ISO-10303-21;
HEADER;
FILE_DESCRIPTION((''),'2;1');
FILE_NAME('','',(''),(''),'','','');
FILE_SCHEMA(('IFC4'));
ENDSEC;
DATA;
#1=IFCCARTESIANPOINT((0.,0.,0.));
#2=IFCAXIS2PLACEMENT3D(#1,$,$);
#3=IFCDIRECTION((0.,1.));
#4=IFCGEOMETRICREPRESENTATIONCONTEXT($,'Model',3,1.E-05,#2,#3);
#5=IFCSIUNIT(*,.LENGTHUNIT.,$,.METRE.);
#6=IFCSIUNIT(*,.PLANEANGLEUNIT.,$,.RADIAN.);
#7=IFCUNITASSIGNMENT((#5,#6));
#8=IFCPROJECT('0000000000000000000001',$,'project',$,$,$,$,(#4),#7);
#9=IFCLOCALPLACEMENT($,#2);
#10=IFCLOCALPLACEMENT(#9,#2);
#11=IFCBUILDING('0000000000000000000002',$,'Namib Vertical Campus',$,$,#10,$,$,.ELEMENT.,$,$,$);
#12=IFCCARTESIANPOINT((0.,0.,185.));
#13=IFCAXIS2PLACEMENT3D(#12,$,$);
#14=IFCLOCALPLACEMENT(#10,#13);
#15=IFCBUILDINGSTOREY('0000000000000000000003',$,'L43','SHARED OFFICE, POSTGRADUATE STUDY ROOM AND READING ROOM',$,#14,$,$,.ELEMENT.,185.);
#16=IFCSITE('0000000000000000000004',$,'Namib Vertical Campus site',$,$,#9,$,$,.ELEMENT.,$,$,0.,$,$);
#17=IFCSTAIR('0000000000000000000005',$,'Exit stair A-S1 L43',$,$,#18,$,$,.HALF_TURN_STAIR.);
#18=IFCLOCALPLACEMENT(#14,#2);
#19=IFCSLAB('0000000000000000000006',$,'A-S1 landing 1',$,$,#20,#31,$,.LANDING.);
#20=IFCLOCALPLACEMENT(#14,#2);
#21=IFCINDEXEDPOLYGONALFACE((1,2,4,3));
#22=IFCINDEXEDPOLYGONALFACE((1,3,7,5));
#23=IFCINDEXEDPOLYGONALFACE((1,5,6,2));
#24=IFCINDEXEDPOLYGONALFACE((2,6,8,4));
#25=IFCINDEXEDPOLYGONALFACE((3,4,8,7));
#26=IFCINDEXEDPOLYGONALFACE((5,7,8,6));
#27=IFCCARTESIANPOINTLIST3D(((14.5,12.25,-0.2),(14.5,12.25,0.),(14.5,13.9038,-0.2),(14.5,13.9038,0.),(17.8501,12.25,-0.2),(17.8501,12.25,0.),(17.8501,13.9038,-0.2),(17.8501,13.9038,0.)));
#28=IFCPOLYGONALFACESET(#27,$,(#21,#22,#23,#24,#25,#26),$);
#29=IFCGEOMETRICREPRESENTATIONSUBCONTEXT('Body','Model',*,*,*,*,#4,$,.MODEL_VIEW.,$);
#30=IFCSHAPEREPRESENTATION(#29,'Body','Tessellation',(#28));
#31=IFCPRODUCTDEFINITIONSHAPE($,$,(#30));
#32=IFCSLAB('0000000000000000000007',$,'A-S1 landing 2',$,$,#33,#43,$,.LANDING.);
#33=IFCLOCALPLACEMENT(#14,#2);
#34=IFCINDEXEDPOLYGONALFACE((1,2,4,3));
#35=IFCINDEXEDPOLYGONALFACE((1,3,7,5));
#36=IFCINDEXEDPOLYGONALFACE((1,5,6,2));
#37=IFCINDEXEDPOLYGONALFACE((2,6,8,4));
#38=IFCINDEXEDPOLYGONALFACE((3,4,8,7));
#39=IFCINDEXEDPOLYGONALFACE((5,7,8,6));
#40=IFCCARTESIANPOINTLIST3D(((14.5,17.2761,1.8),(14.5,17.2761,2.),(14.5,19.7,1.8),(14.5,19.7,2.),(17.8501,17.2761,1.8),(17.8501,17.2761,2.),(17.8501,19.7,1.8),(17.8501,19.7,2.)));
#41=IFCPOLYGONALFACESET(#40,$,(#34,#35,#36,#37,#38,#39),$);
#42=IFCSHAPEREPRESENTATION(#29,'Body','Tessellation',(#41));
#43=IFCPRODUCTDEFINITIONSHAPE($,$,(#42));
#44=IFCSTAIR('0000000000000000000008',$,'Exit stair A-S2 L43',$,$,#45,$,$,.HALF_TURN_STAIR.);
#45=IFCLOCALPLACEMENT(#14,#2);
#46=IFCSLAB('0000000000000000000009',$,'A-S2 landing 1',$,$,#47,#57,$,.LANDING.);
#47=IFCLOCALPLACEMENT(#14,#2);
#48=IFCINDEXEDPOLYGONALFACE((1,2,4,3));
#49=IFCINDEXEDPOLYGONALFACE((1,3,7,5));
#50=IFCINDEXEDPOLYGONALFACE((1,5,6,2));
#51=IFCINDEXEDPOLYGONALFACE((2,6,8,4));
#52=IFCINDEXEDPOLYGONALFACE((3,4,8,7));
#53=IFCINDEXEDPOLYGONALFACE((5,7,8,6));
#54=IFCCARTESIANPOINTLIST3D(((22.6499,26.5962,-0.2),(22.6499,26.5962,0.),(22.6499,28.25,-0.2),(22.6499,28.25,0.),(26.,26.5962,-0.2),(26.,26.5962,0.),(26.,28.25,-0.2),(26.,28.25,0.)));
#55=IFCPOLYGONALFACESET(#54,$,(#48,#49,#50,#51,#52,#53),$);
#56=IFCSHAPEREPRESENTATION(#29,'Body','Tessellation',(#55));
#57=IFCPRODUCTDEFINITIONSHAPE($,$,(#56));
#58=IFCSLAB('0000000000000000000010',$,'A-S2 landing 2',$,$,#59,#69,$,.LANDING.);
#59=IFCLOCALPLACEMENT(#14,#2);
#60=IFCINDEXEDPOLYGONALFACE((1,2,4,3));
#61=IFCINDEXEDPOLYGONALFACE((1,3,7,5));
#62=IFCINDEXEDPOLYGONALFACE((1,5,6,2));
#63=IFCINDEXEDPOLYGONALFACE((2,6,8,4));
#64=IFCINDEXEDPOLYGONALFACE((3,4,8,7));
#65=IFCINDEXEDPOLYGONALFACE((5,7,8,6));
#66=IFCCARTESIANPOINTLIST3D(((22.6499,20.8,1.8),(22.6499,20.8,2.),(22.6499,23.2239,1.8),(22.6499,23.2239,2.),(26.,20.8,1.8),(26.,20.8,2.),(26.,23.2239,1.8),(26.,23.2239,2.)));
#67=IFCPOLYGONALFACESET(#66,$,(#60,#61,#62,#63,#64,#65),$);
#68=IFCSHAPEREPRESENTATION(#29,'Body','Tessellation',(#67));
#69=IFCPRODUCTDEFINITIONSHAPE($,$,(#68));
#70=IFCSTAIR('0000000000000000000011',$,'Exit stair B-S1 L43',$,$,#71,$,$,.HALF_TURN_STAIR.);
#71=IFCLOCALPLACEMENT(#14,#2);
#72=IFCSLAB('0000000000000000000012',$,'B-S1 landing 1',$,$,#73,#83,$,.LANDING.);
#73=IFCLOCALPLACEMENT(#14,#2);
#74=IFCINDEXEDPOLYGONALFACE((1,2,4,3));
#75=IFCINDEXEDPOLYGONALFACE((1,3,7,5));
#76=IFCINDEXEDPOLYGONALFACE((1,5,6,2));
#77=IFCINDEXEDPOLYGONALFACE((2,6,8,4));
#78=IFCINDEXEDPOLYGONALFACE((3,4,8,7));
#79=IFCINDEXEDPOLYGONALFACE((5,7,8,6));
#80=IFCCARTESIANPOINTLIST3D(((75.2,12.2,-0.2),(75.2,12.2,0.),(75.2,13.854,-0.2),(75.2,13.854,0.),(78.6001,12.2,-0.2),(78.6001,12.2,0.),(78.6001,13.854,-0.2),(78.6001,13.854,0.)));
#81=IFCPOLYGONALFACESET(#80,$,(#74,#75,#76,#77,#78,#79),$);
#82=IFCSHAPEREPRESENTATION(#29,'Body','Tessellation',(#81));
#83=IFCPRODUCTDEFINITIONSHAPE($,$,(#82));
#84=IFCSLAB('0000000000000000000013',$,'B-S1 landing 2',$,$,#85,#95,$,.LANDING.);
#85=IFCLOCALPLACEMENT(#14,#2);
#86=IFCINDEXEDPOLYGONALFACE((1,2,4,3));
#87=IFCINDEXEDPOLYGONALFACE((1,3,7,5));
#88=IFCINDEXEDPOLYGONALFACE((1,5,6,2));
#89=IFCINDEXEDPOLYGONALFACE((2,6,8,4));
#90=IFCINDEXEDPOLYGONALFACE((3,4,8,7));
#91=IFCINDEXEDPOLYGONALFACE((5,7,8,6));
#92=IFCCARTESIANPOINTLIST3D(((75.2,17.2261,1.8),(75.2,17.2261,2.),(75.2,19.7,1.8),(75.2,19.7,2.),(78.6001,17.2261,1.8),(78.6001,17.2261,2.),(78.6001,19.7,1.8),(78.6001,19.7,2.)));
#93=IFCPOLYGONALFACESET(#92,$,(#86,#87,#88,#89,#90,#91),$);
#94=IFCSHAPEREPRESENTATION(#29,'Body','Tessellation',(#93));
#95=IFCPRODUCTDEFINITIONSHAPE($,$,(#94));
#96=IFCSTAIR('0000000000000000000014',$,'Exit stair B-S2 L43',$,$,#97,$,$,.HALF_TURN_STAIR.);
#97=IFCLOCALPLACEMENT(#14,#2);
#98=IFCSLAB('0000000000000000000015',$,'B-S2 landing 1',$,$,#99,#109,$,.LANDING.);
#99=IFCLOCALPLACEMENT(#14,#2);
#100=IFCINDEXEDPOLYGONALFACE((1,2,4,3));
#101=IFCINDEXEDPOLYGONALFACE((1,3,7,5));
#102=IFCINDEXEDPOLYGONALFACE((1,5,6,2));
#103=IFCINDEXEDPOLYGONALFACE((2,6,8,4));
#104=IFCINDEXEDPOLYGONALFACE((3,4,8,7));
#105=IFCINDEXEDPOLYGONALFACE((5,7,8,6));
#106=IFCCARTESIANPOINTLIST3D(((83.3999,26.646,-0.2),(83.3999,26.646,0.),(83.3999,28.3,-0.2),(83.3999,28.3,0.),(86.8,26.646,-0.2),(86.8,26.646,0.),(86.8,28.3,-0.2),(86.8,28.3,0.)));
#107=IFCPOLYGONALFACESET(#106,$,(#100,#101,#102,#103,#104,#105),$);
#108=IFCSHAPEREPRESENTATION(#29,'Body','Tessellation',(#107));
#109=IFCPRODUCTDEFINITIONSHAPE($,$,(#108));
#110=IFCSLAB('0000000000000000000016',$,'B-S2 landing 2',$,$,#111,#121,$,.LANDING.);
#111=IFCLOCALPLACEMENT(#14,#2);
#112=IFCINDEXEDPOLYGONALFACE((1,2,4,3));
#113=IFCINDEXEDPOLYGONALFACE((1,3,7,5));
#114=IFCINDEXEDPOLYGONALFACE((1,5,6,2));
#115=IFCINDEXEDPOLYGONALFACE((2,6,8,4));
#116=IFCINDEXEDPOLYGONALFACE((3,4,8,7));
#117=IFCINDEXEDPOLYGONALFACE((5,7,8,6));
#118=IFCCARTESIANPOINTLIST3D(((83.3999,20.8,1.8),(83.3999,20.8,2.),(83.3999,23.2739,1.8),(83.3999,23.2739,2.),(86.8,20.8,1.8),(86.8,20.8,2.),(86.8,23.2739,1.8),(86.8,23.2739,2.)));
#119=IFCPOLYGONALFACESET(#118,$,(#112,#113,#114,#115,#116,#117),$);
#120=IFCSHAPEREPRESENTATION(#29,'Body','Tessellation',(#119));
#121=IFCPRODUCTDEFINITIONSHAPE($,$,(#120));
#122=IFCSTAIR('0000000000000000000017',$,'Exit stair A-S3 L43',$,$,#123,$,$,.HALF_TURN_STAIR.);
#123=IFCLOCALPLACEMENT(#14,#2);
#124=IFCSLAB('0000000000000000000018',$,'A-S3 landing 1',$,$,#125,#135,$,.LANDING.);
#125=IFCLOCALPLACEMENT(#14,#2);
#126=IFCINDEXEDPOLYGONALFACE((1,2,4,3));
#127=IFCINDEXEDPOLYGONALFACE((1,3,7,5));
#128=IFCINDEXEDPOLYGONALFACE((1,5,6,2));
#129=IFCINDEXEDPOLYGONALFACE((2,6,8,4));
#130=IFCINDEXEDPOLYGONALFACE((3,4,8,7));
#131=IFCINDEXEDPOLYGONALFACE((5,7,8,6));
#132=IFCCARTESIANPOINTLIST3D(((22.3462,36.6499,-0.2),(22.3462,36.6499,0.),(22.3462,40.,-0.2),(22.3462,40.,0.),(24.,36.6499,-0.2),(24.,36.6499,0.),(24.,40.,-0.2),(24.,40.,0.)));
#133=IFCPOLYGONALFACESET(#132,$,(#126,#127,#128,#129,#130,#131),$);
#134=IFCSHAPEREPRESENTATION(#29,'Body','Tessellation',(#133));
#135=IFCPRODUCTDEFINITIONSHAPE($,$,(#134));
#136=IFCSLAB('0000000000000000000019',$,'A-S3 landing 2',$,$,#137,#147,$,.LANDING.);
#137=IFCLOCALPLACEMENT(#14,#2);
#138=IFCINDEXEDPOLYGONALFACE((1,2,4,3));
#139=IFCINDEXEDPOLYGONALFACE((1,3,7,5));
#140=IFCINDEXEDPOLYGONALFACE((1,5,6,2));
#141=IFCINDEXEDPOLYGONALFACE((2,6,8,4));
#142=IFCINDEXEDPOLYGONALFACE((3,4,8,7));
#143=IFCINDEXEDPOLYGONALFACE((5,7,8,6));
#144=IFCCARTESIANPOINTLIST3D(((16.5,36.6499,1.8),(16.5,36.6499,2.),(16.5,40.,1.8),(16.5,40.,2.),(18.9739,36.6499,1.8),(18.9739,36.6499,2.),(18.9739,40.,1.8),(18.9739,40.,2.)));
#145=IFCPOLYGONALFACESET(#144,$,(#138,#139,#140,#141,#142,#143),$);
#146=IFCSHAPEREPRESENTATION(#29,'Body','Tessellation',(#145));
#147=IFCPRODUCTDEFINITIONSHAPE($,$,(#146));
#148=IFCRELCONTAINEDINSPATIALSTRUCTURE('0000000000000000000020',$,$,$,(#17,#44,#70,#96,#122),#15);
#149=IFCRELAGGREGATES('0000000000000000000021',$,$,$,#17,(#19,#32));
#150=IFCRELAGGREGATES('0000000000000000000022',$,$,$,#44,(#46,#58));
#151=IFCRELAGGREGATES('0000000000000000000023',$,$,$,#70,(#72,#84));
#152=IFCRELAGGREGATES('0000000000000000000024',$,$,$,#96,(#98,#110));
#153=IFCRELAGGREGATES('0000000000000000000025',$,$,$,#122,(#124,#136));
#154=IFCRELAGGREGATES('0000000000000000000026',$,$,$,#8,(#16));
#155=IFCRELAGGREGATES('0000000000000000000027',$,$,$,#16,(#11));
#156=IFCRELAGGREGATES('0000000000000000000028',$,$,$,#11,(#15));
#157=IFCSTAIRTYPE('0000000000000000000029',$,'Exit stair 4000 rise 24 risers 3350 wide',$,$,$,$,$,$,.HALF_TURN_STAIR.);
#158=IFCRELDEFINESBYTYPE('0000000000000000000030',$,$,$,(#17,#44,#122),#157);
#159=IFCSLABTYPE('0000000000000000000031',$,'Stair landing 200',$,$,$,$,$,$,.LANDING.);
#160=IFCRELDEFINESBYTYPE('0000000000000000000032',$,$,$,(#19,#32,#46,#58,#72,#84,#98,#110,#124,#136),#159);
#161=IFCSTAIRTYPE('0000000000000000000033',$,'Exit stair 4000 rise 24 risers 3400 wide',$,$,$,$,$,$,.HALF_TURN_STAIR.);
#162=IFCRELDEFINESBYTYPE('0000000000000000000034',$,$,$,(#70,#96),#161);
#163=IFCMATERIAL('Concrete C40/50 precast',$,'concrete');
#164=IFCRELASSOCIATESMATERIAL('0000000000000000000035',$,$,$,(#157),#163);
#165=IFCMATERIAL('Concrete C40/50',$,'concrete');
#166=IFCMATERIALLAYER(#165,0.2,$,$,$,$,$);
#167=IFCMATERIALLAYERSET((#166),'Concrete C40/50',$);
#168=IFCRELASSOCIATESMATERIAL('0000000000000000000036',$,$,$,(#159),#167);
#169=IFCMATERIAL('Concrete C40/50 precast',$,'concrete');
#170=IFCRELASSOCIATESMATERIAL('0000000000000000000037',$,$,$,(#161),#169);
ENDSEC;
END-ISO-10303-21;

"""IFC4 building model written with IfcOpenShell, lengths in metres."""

from ifc_helpers import new_model, si_unit, direction, frame, origin, place, context, subcontext, project, spatial, polyline, outline, extrude, material, layer, layer_set, type_object, element, aggregate, save


model = new_model("IFC4")

# Units and contexts
model_context = context("Model", 3, precision=1e-05, world=origin(), true_north=direction((0.0, 1.0)))
body_context = subcontext(model_context, "Body", "Model", "MODEL_VIEW")
ifc_project = project(units=[si_unit("LENGTHUNIT", "METRE"), si_unit("PLANEANGLEUNIT", "RADIAN")], contexts=[model_context])

# Site, building, storey
site_placement = place(None, origin())
site = spatial("IfcSite", under=ifc_project, at=site_placement, Name="Namib Vertical Campus site", CompositionType="ELEMENT", RefElevation=0.0)
building_placement = place(site_placement, origin())
building = spatial("IfcBuilding", under=site, at=building_placement, Name="Namib Vertical Campus", CompositionType="ELEMENT")
storey_placement = place(building_placement, frame((0.0, 0.0, 185.0)))
storey = spatial("IfcBuildingStorey", under=building, at=storey_placement, Name="L43", Description="SHARED OFFICE, POSTGRADUATE STUDY ROOM AND READING ROOM", CompositionType="ELEMENT", Elevation=185.0)

# Stairs, slabs
ifc_material_1 = material(Name="Concrete C40/50 precast", Category="concrete")
stair_type_1 = type_object("IfcStairType", Name="Exit stair 4000 rise 24 risers 3350 wide", PredefinedType="HALF_TURN_STAIR", material=ifc_material_1)
stair_1_placement = place(storey_placement, origin())
stair_1 = element("IfcStair", 1, at=stair_1_placement, inside=storey, type_object=stair_type_1, Name="Exit stair A-S1 L43", PredefinedType="HALF_TURN_STAIR")
ifc_material_2 = material(Name="Concrete C40/50", Category="concrete")
ifc_layer_1 = layer(ifc_material_2, 0.2)
ifc_layer_set_1 = layer_set([ifc_layer_1], Name="Concrete C40/50")
slab_type_1 = type_object("IfcSlabType", Name="Stair landing 200", PredefinedType="LANDING", material=ifc_layer_set_1)
slab_1_placement = place(storey_placement, frame((0.0, 0.0, -0.2)))
slab_1 = element("IfcSlab", 2, at=slab_1_placement, type_object=slab_type_1, Name="A-S1 landing 1", PredefinedType="LANDING", context=body_context, shape_type="SweptSolid", body=[
    extrude(outline(polyline([(14.5, 12.25), (17.8501, 12.25), (17.8501, 13.9038), (14.5, 13.9038), (14.5, 12.25)])), origin(), (0.0, 0.0, 1.0), 0.2),
])
slab_2_placement = place(storey_placement, frame((0.0, 0.0, 1.8)))
slab_2 = element("IfcSlab", 3, at=slab_2_placement, type_object=slab_type_1, Name="A-S1 landing 2", PredefinedType="LANDING", context=body_context, shape_type="SweptSolid", body=[
    extrude(outline(polyline([(14.5, 17.2761), (17.8501, 17.2761), (17.8501, 19.7), (14.5, 19.7), (14.5, 17.2761)])), origin(), (0.0, 0.0, 1.0), 0.2),
])
aggregate(stair_1, [slab_1, slab_2])
stair_2_placement = place(storey_placement, origin())
stair_2 = element("IfcStair", 4, at=stair_2_placement, inside=storey, type_object=stair_type_1, Name="Exit stair A-S2 L43", PredefinedType="HALF_TURN_STAIR")
slab_3_placement = place(storey_placement, frame((0.0, 0.0, -0.2)))
slab_3 = element("IfcSlab", 5, at=slab_3_placement, type_object=slab_type_1, Name="A-S2 landing 1", PredefinedType="LANDING", context=body_context, shape_type="SweptSolid", body=[
    extrude(outline(polyline([(22.6499, 26.5962), (26.0, 26.5962), (26.0, 28.25), (22.6499, 28.25), (22.6499, 26.5962)])), origin(), (0.0, 0.0, 1.0), 0.2),
])
slab_4_placement = place(storey_placement, frame((0.0, 0.0, 1.8)))
slab_4 = element("IfcSlab", 6, at=slab_4_placement, type_object=slab_type_1, Name="A-S2 landing 2", PredefinedType="LANDING", context=body_context, shape_type="SweptSolid", body=[
    extrude(outline(polyline([(22.6499, 20.8), (26.0, 20.8), (26.0, 23.2239), (22.6499, 23.2239), (22.6499, 20.8)])), origin(), (0.0, 0.0, 1.0), 0.2),
])
aggregate(stair_2, [slab_3, slab_4])
ifc_material_3 = material(Name="Concrete C40/50 precast", Category="concrete")
stair_type_2 = type_object("IfcStairType", Name="Exit stair 4000 rise 24 risers 3400 wide", PredefinedType="HALF_TURN_STAIR", material=ifc_material_3)
stair_3_placement = place(storey_placement, origin())
stair_3 = element("IfcStair", 7, at=stair_3_placement, inside=storey, type_object=stair_type_2, Name="Exit stair B-S1 L43", PredefinedType="HALF_TURN_STAIR")
slab_5_placement = place(storey_placement, frame((0.0, 0.0, -0.2)))
slab_5 = element("IfcSlab", 8, at=slab_5_placement, type_object=slab_type_1, Name="B-S1 landing 1", PredefinedType="LANDING", context=body_context, shape_type="SweptSolid", body=[
    extrude(outline(polyline([(75.2, 12.2), (78.6001, 12.2), (78.6001, 13.854), (75.2, 13.854), (75.2, 12.2)])), origin(), (0.0, 0.0, 1.0), 0.2),
])
slab_6_placement = place(storey_placement, frame((0.0, 0.0, 1.8)))
slab_6 = element("IfcSlab", 9, at=slab_6_placement, type_object=slab_type_1, Name="B-S1 landing 2", PredefinedType="LANDING", context=body_context, shape_type="SweptSolid", body=[
    extrude(outline(polyline([(75.2, 17.2261), (78.6001, 17.2261), (78.6001, 19.7), (75.2, 19.7), (75.2, 17.2261)])), origin(), (0.0, 0.0, 1.0), 0.2),
])
aggregate(stair_3, [slab_5, slab_6])
stair_4_placement = place(storey_placement, origin())
stair_4 = element("IfcStair", 10, at=stair_4_placement, inside=storey, type_object=stair_type_2, Name="Exit stair B-S2 L43", PredefinedType="HALF_TURN_STAIR")
slab_7_placement = place(storey_placement, frame((0.0, 0.0, -0.2)))
slab_7 = element("IfcSlab", 11, at=slab_7_placement, type_object=slab_type_1, Name="B-S2 landing 1", PredefinedType="LANDING", context=body_context, shape_type="SweptSolid", body=[
    extrude(outline(polyline([(83.3999, 26.646), (86.8, 26.646), (86.8, 28.3), (83.3999, 28.3), (83.3999, 26.646)])), origin(), (0.0, 0.0, 1.0), 0.2),
])
slab_8_placement = place(storey_placement, frame((0.0, 0.0, 1.8)))
slab_8 = element("IfcSlab", 12, at=slab_8_placement, type_object=slab_type_1, Name="B-S2 landing 2", PredefinedType="LANDING", context=body_context, shape_type="SweptSolid", body=[
    extrude(outline(polyline([(83.3999, 20.8), (86.8, 20.8), (86.8, 23.2739), (83.3999, 23.2739), (83.3999, 20.8)])), origin(), (0.0, 0.0, 1.0), 0.2),
])
aggregate(stair_4, [slab_7, slab_8])
stair_5_placement = place(storey_placement, origin())
stair_5 = element("IfcStair", 13, at=stair_5_placement, inside=storey, type_object=stair_type_1, Name="Exit stair A-S3 L43", PredefinedType="HALF_TURN_STAIR")
slab_9_placement = place(storey_placement, frame((0.0, 0.0, -0.2)))
slab_9 = element("IfcSlab", 14, at=slab_9_placement, type_object=slab_type_1, Name="A-S3 landing 1", PredefinedType="LANDING", context=body_context, shape_type="SweptSolid", body=[
    extrude(outline(polyline([(22.3462, 36.6499), (22.3462, 40.0), (24.0, 40.0), (24.0, 36.6499), (22.3462, 36.6499)])), origin(), (0.0, 0.0, 1.0), 0.2),
])
slab_10_placement = place(storey_placement, frame((0.0, 0.0, 1.8)))
slab_10 = element("IfcSlab", 15, at=slab_10_placement, type_object=slab_type_1, Name="A-S3 landing 2", PredefinedType="LANDING", context=body_context, shape_type="SweptSolid", body=[
    extrude(outline(polyline([(16.5, 36.6499), (16.5, 40.0), (18.9739, 40.0), (18.9739, 36.6499), (16.5, 36.6499)])), origin(), (0.0, 0.0, 1.0), 0.2),
])
aggregate(stair_5, [slab_9, slab_10])

save(model, "model.ifc")
